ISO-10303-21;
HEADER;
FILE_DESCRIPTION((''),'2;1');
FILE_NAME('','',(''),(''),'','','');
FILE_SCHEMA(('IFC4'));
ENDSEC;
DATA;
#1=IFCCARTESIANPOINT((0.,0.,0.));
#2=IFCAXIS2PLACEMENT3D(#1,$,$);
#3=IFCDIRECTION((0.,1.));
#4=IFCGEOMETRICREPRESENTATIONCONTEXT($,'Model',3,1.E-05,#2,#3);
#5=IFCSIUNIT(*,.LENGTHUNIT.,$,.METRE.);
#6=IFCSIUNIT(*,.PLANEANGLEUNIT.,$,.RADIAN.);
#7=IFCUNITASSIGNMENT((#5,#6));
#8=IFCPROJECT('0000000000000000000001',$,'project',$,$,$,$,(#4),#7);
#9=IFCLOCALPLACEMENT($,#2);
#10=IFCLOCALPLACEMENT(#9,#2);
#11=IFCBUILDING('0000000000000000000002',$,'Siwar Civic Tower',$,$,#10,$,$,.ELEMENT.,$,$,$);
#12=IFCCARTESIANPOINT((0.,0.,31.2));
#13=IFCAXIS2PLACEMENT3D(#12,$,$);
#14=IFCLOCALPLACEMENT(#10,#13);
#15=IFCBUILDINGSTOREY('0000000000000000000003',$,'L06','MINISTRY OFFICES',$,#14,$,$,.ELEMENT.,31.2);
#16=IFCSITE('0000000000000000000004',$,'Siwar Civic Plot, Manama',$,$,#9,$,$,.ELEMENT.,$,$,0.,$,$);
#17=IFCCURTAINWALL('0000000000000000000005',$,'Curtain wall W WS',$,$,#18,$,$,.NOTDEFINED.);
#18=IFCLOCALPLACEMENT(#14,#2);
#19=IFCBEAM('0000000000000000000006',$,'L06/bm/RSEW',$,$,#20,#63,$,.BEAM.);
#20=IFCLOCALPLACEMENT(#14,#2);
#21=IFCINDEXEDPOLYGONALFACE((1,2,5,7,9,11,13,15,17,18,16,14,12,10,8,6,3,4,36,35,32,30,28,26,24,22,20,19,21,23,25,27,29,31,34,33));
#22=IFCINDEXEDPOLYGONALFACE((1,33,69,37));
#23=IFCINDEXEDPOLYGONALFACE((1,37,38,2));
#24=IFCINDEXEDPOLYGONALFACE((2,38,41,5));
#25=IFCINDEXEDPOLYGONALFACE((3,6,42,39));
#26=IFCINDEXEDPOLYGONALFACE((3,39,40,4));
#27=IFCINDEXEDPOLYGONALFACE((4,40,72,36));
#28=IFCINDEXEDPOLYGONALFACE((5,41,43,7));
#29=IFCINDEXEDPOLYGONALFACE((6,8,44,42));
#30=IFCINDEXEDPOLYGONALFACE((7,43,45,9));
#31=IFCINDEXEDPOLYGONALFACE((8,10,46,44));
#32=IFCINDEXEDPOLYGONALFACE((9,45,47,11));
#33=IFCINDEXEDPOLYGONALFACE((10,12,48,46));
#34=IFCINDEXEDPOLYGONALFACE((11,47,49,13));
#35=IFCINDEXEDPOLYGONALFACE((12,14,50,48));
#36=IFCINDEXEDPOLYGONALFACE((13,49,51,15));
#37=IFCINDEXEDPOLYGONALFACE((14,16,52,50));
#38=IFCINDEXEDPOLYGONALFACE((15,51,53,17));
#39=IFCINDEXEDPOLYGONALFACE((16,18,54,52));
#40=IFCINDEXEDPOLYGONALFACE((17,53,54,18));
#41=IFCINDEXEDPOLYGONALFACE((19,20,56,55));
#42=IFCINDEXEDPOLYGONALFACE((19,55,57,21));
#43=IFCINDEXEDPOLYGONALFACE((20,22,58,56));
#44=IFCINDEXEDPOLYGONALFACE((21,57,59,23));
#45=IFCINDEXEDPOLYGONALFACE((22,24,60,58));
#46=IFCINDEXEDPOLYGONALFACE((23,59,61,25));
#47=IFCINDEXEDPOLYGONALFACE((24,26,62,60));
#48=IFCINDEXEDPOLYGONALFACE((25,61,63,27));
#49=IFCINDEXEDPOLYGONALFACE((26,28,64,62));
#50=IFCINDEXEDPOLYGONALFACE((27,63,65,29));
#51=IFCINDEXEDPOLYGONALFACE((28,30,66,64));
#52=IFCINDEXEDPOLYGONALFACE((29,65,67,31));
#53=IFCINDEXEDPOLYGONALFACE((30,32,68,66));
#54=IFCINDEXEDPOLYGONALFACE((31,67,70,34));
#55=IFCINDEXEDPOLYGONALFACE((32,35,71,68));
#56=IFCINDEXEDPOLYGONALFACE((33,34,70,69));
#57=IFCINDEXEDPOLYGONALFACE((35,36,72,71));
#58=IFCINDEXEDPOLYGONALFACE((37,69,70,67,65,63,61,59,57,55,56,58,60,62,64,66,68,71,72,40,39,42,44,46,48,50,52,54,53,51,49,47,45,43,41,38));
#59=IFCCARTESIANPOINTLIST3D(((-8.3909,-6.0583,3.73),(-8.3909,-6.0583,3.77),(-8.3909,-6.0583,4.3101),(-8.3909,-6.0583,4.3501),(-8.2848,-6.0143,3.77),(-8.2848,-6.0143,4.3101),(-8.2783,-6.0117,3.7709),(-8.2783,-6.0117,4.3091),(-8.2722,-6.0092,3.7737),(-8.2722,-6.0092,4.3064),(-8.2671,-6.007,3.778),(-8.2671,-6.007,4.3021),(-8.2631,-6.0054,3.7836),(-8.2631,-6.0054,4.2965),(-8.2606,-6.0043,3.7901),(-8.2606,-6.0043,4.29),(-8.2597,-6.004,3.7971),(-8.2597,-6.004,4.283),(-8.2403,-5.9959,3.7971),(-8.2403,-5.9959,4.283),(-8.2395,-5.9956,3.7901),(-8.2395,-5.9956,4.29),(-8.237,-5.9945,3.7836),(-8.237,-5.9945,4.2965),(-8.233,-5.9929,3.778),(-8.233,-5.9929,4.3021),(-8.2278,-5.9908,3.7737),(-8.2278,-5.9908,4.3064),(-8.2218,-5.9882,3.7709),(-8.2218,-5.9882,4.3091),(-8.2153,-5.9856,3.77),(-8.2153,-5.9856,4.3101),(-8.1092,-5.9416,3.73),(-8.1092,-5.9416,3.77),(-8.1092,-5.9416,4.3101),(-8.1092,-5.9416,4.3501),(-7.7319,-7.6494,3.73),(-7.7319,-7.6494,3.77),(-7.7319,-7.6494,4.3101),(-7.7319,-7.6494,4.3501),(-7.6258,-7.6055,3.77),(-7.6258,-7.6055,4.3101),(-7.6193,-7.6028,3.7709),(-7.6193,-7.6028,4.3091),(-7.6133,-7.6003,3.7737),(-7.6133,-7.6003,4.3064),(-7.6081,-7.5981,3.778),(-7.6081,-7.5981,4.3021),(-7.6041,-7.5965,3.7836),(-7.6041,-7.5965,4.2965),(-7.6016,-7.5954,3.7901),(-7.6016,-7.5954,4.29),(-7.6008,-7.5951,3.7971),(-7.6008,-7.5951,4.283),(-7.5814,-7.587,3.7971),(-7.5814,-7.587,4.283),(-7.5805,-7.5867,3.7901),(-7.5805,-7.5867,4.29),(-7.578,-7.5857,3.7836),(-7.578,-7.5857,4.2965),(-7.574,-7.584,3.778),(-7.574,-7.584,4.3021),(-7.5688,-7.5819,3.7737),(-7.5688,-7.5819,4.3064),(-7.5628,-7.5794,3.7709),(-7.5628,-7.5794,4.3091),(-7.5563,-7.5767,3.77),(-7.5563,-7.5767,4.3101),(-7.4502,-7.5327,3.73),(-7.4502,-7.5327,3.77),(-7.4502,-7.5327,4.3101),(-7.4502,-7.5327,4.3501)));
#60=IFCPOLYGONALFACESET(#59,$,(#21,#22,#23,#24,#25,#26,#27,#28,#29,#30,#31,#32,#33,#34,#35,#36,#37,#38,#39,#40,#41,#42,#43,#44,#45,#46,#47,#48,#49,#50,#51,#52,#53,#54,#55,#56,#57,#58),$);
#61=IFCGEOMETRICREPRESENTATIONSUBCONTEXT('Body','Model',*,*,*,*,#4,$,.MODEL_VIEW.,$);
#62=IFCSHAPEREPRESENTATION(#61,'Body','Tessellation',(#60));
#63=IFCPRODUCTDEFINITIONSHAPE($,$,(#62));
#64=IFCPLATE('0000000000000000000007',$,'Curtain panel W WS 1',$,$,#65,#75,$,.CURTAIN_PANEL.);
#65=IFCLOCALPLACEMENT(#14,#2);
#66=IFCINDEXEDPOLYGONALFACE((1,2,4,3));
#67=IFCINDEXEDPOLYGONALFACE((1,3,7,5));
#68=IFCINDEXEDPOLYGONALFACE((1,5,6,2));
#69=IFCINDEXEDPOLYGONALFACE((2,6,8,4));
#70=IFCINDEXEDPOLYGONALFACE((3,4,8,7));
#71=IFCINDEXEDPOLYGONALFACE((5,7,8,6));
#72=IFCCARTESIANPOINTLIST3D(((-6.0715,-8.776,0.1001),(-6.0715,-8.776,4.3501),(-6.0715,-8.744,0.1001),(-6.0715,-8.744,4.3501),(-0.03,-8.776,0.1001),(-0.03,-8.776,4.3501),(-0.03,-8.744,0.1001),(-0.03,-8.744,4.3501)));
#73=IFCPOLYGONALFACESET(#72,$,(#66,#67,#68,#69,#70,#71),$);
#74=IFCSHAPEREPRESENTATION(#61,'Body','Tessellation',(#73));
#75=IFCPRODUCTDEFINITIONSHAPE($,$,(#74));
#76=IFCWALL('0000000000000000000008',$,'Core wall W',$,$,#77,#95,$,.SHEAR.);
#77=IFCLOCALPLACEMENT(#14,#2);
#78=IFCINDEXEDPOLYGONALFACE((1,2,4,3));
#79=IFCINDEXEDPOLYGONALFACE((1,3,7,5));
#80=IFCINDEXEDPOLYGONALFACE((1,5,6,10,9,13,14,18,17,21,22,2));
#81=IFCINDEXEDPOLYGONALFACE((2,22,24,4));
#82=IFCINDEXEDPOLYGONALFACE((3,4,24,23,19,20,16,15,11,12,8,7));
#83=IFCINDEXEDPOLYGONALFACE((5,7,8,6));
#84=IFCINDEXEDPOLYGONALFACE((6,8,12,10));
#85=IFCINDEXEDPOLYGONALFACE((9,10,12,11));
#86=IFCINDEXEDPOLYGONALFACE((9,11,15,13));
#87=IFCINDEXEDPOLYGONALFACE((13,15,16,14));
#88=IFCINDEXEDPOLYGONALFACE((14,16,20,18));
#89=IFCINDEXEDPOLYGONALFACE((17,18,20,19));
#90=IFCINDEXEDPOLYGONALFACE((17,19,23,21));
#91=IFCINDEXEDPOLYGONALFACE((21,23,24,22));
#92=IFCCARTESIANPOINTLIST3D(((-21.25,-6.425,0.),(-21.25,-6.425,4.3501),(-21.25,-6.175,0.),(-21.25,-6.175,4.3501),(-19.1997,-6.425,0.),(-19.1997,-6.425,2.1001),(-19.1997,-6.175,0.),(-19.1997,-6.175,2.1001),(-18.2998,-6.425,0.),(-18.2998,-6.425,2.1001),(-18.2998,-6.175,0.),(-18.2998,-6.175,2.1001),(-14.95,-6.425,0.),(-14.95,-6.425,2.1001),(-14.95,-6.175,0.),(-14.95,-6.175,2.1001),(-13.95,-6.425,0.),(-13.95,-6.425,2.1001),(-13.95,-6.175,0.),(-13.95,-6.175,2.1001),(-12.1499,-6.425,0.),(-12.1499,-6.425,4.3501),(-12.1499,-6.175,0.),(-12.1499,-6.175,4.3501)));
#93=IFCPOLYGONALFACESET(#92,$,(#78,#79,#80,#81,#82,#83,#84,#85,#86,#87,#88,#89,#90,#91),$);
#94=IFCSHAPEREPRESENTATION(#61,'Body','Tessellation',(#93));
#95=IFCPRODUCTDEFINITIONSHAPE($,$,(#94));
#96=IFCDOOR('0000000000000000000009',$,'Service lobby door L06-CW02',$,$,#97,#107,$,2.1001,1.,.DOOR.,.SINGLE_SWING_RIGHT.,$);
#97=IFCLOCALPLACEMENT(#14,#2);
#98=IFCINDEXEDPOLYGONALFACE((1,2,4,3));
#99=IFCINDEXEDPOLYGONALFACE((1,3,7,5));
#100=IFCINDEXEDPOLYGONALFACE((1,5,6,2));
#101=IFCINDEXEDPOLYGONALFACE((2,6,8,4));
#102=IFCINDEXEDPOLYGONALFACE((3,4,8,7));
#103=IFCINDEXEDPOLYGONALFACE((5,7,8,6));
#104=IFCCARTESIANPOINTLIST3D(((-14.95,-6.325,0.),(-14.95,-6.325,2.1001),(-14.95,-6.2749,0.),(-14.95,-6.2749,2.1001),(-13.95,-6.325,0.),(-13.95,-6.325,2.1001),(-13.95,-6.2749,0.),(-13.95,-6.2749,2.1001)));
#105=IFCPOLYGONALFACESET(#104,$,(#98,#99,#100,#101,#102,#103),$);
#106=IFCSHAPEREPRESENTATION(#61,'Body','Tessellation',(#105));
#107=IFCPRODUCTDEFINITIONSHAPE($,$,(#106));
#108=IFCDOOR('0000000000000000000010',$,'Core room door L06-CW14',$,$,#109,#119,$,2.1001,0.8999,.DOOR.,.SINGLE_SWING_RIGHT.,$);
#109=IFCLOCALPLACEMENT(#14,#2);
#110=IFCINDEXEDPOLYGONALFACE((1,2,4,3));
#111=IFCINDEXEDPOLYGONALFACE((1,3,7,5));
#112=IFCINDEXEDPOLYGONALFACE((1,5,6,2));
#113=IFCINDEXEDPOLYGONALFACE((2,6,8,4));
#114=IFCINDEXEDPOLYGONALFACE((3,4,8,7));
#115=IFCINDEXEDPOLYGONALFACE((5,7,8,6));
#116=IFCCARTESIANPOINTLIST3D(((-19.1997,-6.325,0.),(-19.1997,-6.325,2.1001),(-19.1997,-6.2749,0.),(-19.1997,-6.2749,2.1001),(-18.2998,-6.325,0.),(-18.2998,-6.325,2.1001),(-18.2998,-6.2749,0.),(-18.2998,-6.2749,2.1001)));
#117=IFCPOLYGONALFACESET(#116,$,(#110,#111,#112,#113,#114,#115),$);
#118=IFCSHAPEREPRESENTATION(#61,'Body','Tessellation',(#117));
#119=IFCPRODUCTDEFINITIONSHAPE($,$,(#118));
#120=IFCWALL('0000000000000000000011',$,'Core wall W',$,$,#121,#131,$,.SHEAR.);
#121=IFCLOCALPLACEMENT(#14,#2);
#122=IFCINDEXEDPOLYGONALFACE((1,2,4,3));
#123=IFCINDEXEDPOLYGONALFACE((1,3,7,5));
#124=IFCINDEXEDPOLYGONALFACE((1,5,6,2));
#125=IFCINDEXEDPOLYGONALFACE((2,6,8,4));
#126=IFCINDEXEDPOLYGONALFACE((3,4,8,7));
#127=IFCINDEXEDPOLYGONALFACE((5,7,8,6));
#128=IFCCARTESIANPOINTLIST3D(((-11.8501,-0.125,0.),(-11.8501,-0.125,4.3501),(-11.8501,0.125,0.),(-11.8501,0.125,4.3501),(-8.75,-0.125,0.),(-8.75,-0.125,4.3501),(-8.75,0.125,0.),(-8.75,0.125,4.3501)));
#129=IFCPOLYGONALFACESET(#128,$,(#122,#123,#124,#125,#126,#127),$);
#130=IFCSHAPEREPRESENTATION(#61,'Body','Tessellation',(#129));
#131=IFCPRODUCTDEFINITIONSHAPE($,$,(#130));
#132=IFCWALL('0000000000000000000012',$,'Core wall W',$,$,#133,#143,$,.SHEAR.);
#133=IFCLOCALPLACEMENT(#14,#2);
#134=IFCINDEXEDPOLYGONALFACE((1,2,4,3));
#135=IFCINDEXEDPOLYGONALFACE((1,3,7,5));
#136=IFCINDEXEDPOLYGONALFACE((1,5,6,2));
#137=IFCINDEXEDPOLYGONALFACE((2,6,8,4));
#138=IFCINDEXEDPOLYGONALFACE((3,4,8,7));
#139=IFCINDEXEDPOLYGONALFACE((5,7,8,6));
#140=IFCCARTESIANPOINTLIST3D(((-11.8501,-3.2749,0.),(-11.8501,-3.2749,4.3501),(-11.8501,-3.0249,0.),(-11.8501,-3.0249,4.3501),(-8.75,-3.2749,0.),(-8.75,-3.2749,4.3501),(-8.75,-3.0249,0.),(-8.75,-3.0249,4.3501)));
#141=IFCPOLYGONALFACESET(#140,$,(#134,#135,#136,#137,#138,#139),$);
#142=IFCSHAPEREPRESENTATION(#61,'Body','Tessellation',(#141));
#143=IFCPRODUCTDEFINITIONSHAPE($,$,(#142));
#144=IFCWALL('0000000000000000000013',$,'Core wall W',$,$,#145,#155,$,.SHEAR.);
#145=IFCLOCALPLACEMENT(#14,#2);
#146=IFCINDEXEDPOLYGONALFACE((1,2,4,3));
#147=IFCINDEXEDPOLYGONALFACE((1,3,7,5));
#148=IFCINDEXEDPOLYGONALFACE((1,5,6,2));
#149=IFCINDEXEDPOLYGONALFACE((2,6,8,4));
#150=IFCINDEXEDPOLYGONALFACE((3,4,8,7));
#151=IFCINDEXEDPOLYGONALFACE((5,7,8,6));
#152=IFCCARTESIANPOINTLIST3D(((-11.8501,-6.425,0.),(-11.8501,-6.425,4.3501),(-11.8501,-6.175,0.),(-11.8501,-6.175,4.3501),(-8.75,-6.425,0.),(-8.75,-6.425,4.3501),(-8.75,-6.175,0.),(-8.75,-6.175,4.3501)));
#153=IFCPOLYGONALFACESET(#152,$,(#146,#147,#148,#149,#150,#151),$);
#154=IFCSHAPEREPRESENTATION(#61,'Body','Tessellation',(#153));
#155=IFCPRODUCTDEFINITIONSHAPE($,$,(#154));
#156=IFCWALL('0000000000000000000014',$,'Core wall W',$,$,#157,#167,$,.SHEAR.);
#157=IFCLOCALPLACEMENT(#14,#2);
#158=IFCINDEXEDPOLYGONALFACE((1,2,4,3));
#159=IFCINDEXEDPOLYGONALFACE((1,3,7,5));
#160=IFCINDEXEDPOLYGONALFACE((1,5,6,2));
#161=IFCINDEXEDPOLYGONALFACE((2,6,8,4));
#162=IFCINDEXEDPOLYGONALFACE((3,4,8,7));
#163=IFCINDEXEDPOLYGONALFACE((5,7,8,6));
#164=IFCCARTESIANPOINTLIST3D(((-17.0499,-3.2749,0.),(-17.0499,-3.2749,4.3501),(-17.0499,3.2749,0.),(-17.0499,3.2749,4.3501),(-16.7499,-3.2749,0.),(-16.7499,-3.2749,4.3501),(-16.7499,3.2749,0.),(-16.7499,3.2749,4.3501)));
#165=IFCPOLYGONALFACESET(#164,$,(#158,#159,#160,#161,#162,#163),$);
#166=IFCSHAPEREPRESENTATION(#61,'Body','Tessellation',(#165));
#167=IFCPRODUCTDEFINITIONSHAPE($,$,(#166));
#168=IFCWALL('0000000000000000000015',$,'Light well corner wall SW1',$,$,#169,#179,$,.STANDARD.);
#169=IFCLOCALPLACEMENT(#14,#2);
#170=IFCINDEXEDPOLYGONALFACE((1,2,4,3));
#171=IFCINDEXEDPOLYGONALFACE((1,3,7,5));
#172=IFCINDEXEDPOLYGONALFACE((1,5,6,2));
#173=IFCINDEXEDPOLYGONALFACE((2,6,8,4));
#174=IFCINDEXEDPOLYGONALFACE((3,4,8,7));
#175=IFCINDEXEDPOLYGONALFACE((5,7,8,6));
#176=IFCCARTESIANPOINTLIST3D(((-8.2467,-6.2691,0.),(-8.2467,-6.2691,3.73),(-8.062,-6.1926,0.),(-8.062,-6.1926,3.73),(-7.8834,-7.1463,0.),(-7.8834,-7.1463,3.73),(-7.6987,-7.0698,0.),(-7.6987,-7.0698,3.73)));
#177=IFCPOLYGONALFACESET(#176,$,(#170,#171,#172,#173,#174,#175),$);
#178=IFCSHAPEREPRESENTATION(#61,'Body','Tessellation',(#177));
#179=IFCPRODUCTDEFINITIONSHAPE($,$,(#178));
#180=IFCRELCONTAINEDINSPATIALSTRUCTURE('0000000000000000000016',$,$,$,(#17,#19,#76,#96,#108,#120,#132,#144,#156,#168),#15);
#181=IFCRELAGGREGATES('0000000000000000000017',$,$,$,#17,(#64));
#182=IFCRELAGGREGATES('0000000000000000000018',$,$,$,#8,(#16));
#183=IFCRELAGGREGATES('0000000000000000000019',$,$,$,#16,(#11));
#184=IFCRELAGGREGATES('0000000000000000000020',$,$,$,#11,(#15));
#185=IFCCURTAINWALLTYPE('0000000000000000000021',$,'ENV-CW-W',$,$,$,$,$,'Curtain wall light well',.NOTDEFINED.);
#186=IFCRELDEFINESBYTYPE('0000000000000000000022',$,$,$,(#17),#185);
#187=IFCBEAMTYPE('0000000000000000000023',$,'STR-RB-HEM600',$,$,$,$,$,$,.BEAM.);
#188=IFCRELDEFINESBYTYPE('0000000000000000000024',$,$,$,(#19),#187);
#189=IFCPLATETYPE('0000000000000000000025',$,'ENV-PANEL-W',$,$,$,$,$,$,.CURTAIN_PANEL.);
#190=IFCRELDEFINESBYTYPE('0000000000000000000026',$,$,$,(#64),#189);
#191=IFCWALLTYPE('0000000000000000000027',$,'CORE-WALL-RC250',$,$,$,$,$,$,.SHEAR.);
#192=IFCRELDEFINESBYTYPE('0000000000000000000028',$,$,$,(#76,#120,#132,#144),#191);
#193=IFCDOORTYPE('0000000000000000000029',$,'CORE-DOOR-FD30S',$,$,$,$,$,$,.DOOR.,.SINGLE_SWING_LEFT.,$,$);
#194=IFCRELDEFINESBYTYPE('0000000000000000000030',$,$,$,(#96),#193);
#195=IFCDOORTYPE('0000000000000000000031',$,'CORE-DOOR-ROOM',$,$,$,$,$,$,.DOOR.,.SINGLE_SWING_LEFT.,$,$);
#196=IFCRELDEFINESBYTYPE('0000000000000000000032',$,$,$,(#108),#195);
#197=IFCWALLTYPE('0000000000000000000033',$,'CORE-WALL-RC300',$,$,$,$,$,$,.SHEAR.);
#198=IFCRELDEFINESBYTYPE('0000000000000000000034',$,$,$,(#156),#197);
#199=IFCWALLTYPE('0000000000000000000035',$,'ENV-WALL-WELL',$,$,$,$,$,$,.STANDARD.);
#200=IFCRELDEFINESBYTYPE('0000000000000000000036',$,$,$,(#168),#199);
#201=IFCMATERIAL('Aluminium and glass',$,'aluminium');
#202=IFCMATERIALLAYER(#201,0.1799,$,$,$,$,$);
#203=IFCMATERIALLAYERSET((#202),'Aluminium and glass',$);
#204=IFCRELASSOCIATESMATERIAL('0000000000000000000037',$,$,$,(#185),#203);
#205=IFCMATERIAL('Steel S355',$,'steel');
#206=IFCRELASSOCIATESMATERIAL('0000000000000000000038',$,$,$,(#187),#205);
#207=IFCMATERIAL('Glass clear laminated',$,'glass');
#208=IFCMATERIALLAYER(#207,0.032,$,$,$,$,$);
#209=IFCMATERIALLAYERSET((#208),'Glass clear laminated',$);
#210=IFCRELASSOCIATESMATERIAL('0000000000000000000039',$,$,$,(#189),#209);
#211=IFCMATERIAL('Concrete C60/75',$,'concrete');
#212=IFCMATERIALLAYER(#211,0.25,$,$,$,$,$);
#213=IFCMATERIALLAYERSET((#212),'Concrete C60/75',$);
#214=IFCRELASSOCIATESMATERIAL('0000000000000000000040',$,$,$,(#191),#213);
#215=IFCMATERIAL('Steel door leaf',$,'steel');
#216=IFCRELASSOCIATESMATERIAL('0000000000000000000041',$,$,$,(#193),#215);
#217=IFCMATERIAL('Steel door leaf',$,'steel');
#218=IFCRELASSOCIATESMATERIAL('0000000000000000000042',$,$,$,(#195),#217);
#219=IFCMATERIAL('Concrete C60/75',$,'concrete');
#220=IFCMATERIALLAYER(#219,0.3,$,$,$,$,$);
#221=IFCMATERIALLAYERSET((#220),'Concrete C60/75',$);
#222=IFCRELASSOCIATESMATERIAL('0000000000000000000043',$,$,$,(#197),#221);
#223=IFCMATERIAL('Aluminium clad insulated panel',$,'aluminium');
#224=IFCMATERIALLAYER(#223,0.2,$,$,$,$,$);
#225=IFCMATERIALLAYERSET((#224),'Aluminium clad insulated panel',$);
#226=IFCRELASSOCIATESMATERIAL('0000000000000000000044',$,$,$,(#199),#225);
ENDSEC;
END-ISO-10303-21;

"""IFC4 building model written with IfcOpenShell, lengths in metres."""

from ifc_helpers import new_model, si_unit, direction, frame, frame_2d, origin, origin_2d, place, context, subcontext, project, spatial, rectangle, i_section, extrude, material, layer, layer_set, material_profile, profile_set, type_object, element, fill, aggregate, save


model = new_model("IFC4")

# Units and contexts
model_context = context("Model", 3, precision=1e-05, world=origin(), true_north=direction((0.0, 1.0)))
body_context = subcontext(model_context, "Body", "Model", "MODEL_VIEW")
ifc_project = project(units=[si_unit("LENGTHUNIT", "METRE"), si_unit("PLANEANGLEUNIT", "RADIAN")], contexts=[model_context])

# Site, building, storey
site_placement = place(None, origin())
site = spatial("IfcSite", under=ifc_project, at=site_placement, Name="Siwar Civic Plot, Manama", CompositionType="ELEMENT", RefElevation=0.0)
building_placement = place(site_placement, origin())
building = spatial("IfcBuilding", under=site, at=building_placement, Name="Siwar Civic Tower", CompositionType="ELEMENT")
storey_placement = place(building_placement, frame((0.0, 0.0, 31.2)))
storey = spatial("IfcBuildingStorey", under=building, at=storey_placement, Name="L06", Description="MINISTRY OFFICES", CompositionType="ELEMENT", Elevation=31.2)

# Curtain wall
ifc_material_1 = material(Name="Aluminium and glass", Category="aluminium")
ifc_layer_1 = layer(ifc_material_1, 0.1799)
ifc_layer_set_1 = layer_set([ifc_layer_1], Name="Aluminium and glass")
curtain_wall_type = type_object("IfcCurtainWallType", Name="ENV-CW-W", ElementType="Curtain wall light well", PredefinedType="NOTDEFINED", material=ifc_layer_set_1)
curtain_wall_placement = place(storey_placement, origin())
curtain_wall = element("IfcCurtainWall", 1, at=curtain_wall_placement, inside=storey, type_object=curtain_wall_type, Name="Curtain wall W WS", PredefinedType="NOTDEFINED")

# Beam
ifc_material_2 = material(Name="Steel S355", Category="steel")
ifc_material_profile_1 = material_profile(ifc_material_2, i_section(OverallWidth=0.3049, OverallDepth=0.6201, WebThickness=0.021, FlangeThickness=0.04, FilletRadius=0.0271, at=origin_2d()), Name="HEM600")
ifc_profile_set_1 = profile_set([ifc_material_profile_1], Name="Steel S355")
beam_type = type_object("IfcBeamType", Name="STR-RB-HEM600", PredefinedType="BEAM", material=ifc_profile_set_1)
beam_1_placement = place(storey_placement, frame((-7.5911, -7.5911, 4.04), z_axis=(-0.382631, 0.923901, 0.0), x_axis=(-0.923901, -0.382631, 0.0)))
element("IfcBeam", 2, at=beam_1_placement, inside=storey, type_object=beam_type, Name="L06/bm/RSEW", PredefinedType="BEAM", context=body_context, shape_type="SweptSolid", body=[
    extrude(i_section(OverallWidth=0.3049, OverallDepth=0.6201, WebThickness=0.021, FlangeThickness=0.04, FilletRadius=0.0271, at=origin_2d()), origin(), (0.0, 0.0, 1.0), 1.7222),
])

# Plate
ifc_material_3 = material(Name="Glass clear laminated", Category="glass")
ifc_layer_2 = layer(ifc_material_3, 0.032)
ifc_layer_set_2 = layer_set([ifc_layer_2], Name="Glass clear laminated")
plate_type = type_object("IfcPlateType", Name="ENV-PANEL-W", PredefinedType="CURTAIN_PANEL", material=ifc_layer_set_2)
plate_placement = place(storey_placement, frame((-3.0508, -8.76, 0.1001), z_axis=(0.0, 0.0, 1.0), x_axis=(1.0, 0.0, 0.0)))
plate = element("IfcPlate", 3, at=plate_placement, type_object=plate_type, Name="Curtain panel W WS 1", PredefinedType="CURTAIN_PANEL", context=body_context, shape_type="SweptSolid", body=[
    extrude(rectangle(XDim=6.0415, YDim=0.032, at=origin_2d()), origin(), (0.0, 0.0, 1.0), 4.25),
])
aggregate(curtain_wall, [plate])

# Wall, openings, doors
ifc_material_4 = material(Name="Concrete C60/75", Category="concrete")
ifc_layer_3 = layer(ifc_material_4, 0.25)
ifc_layer_set_3 = layer_set([ifc_layer_3], Name="Concrete C60/75")
wall_type_1 = type_object("IfcWallType", Name="CORE-WALL-RC250", PredefinedType="SHEAR", material=ifc_layer_set_3)
wall_1_placement = place(storey_placement, frame((-12.1499, -6.3, 0.0), z_axis=(0.0, 0.0, 1.0), x_axis=(-1.0, 0.0, 0.0)))
wall_1 = element("IfcWall", 4, at=wall_1_placement, inside=storey, type_object=wall_type_1, Name="Core wall W", PredefinedType="SHEAR", context=body_context, shape_type="SweptSolid", body=[
    extrude(rectangle(XDim=9.1001, YDim=0.25, at=frame_2d((4.55, 0.0))), origin(), (0.0, 0.0, 1.0), 4.3501),
])
opening_1_placement = place(wall_1_placement, frame((1.8, 0.0, 0.0)))
opening_1 = element("IfcOpeningElement", 5, at=opening_1_placement, cuts=wall_1, PredefinedType="OPENING", context=body_context, shape_type="SweptSolid", body=[
    extrude(rectangle(XDim=1.0, YDim=2.1001, at=frame_2d((0.5, 1.05))), frame((0.0, 0.135, 0.0), z_axis=(0.0, -1.0, 0.0), x_axis=(1.0, 0.0, 0.0)), (0.0, 0.0, 1.0), 0.27),
])
opening_2_placement = place(wall_1_placement, frame((6.1499, 0.0, 0.0)))
opening_2 = element("IfcOpeningElement", 6, at=opening_2_placement, cuts=wall_1, PredefinedType="OPENING", context=body_context, shape_type="SweptSolid", body=[
    extrude(rectangle(XDim=0.8999, YDim=2.1001, at=frame_2d((0.45, 1.05))), frame((0.0, 0.135, 0.0), z_axis=(0.0, -1.0, 0.0), x_axis=(1.0, 0.0, 0.0)), (0.0, 0.0, 1.0), 0.27),
])
ifc_material_5 = material(Name="Steel door leaf", Category="steel")
door_type_1 = type_object("IfcDoorType", Name="CORE-DOOR-FD30S", OperationType="SINGLE_SWING_LEFT", PredefinedType="DOOR", material=ifc_material_5)
door_1_placement = place(opening_1_placement, origin())
door_1 = element("IfcDoor", 7, at=door_1_placement, inside=storey, type_object=door_type_1, Name="Service lobby door L06-CW02", OperationType="SINGLE_SWING_RIGHT", OverallHeight=2.1001, OverallWidth=1.0, PredefinedType="DOOR", context=body_context, shape_type="SweptSolid", body=[
    extrude(rectangle(XDim=1.0, YDim=2.1001, at=frame_2d((0.5, 1.05))), frame((0.0, 0.0249, 0.0), z_axis=(0.0, -1.0, 0.0), x_axis=(1.0, 0.0, 0.0)), (0.0, 0.0, 1.0), 0.05),
])
fill(opening_1, door_1)
ifc_material_6 = material(Name="Steel door leaf", Category="steel")
door_type_2 = type_object("IfcDoorType", Name="CORE-DOOR-ROOM", OperationType="SINGLE_SWING_LEFT", PredefinedType="DOOR", material=ifc_material_6)
door_2_placement = place(opening_2_placement, origin())
door_2 = element("IfcDoor", 8, at=door_2_placement, inside=storey, type_object=door_type_2, Name="Core room door L06-CW14", OperationType="SINGLE_SWING_RIGHT", OverallHeight=2.1001, OverallWidth=0.8999, PredefinedType="DOOR", context=body_context, shape_type="SweptSolid", body=[
    extrude(rectangle(XDim=0.8999, YDim=2.1001, at=frame_2d((0.45, 1.05))), frame((0.0, 0.0249, 0.0), z_axis=(0.0, -1.0, 0.0), x_axis=(1.0, 0.0, 0.0)), (0.0, 0.0, 1.0), 0.05),
])
fill(opening_2, door_2)

# Walls
for number, where, z_axis, x_axis, name in (
    (9, (-8.75, 0.0, 0.0), (0.0, 0.0, 1.0), (-1.0, 0.0, 0.0), "Core wall W"),
    (10, (-8.75, -3.1499, 0.0), (0.0, 0.0, 1.0), (-1.0, 0.0, 0.0), "Core wall W"),
    (11, (-8.75, -6.3, 0.0), (0.0, 0.0, 1.0), (-1.0, 0.0, 0.0), "Core wall W"),
):
    element("IfcWall", number, at=place(storey_placement, frame(where, z_axis=z_axis, x_axis=x_axis)), inside=storey, type_object=wall_type_1, Name=name, PredefinedType="SHEAR", context=body_context, shape_type="SweptSolid", body=[
        extrude(rectangle(XDim=3.1001, YDim=0.25, at=frame_2d((1.55, 0.0))), origin(), (0.0, 0.0, 1.0), 4.3501),
    ])
ifc_material_7 = material(Name="Concrete C60/75", Category="concrete")
ifc_layer_4 = layer(ifc_material_7, 0.3)
ifc_layer_set_4 = layer_set([ifc_layer_4], Name="Concrete C60/75")
wall_type_2 = type_object("IfcWallType", Name="CORE-WALL-RC300", PredefinedType="SHEAR", material=ifc_layer_set_4)
wall_2_placement = place(storey_placement, frame((-16.8999, -3.2749, 0.0), z_axis=(0.0, 0.0, 1.0), x_axis=(0.0, 1.0, 0.0)))
element("IfcWall", 12, at=wall_2_placement, inside=storey, type_object=wall_type_2, Name="Core wall W", PredefinedType="SHEAR", context=body_context, shape_type="SweptSolid", body=[
    extrude(rectangle(XDim=6.5498, YDim=0.3, at=frame_2d((3.2749, 0.0))), origin(), (0.0, 0.0, 1.0), 4.3501),
])
ifc_material_8 = material(Name="Aluminium clad insulated panel", Category="aluminium")
ifc_layer_5 = layer(ifc_material_8, 0.2)
ifc_layer_set_5 = layer_set([ifc_layer_5], Name="Aluminium clad insulated panel")
wall_type_3 = type_object("IfcWallType", Name="ENV-WALL-WELL", PredefinedType="STANDARD", material=ifc_layer_set_5)
wall_3_placement = place(storey_placement, frame((-8.1543, -6.231, 0.0), z_axis=(0.0, 0.0, 1.0), x_axis=(0.382624, -0.923904, 0.0)))
element("IfcWall", 13, at=wall_3_placement, inside=storey, type_object=wall_type_3, Name="Light well corner wall SW1", PredefinedType="STANDARD", context=body_context, shape_type="SweptSolid", body=[
    extrude(rectangle(XDim=0.9495, YDim=0.2, at=frame_2d((0.4746, 0.0))), origin(), (0.0, 0.0, 1.0), 3.73),
])

save(model, "model.ifc")
